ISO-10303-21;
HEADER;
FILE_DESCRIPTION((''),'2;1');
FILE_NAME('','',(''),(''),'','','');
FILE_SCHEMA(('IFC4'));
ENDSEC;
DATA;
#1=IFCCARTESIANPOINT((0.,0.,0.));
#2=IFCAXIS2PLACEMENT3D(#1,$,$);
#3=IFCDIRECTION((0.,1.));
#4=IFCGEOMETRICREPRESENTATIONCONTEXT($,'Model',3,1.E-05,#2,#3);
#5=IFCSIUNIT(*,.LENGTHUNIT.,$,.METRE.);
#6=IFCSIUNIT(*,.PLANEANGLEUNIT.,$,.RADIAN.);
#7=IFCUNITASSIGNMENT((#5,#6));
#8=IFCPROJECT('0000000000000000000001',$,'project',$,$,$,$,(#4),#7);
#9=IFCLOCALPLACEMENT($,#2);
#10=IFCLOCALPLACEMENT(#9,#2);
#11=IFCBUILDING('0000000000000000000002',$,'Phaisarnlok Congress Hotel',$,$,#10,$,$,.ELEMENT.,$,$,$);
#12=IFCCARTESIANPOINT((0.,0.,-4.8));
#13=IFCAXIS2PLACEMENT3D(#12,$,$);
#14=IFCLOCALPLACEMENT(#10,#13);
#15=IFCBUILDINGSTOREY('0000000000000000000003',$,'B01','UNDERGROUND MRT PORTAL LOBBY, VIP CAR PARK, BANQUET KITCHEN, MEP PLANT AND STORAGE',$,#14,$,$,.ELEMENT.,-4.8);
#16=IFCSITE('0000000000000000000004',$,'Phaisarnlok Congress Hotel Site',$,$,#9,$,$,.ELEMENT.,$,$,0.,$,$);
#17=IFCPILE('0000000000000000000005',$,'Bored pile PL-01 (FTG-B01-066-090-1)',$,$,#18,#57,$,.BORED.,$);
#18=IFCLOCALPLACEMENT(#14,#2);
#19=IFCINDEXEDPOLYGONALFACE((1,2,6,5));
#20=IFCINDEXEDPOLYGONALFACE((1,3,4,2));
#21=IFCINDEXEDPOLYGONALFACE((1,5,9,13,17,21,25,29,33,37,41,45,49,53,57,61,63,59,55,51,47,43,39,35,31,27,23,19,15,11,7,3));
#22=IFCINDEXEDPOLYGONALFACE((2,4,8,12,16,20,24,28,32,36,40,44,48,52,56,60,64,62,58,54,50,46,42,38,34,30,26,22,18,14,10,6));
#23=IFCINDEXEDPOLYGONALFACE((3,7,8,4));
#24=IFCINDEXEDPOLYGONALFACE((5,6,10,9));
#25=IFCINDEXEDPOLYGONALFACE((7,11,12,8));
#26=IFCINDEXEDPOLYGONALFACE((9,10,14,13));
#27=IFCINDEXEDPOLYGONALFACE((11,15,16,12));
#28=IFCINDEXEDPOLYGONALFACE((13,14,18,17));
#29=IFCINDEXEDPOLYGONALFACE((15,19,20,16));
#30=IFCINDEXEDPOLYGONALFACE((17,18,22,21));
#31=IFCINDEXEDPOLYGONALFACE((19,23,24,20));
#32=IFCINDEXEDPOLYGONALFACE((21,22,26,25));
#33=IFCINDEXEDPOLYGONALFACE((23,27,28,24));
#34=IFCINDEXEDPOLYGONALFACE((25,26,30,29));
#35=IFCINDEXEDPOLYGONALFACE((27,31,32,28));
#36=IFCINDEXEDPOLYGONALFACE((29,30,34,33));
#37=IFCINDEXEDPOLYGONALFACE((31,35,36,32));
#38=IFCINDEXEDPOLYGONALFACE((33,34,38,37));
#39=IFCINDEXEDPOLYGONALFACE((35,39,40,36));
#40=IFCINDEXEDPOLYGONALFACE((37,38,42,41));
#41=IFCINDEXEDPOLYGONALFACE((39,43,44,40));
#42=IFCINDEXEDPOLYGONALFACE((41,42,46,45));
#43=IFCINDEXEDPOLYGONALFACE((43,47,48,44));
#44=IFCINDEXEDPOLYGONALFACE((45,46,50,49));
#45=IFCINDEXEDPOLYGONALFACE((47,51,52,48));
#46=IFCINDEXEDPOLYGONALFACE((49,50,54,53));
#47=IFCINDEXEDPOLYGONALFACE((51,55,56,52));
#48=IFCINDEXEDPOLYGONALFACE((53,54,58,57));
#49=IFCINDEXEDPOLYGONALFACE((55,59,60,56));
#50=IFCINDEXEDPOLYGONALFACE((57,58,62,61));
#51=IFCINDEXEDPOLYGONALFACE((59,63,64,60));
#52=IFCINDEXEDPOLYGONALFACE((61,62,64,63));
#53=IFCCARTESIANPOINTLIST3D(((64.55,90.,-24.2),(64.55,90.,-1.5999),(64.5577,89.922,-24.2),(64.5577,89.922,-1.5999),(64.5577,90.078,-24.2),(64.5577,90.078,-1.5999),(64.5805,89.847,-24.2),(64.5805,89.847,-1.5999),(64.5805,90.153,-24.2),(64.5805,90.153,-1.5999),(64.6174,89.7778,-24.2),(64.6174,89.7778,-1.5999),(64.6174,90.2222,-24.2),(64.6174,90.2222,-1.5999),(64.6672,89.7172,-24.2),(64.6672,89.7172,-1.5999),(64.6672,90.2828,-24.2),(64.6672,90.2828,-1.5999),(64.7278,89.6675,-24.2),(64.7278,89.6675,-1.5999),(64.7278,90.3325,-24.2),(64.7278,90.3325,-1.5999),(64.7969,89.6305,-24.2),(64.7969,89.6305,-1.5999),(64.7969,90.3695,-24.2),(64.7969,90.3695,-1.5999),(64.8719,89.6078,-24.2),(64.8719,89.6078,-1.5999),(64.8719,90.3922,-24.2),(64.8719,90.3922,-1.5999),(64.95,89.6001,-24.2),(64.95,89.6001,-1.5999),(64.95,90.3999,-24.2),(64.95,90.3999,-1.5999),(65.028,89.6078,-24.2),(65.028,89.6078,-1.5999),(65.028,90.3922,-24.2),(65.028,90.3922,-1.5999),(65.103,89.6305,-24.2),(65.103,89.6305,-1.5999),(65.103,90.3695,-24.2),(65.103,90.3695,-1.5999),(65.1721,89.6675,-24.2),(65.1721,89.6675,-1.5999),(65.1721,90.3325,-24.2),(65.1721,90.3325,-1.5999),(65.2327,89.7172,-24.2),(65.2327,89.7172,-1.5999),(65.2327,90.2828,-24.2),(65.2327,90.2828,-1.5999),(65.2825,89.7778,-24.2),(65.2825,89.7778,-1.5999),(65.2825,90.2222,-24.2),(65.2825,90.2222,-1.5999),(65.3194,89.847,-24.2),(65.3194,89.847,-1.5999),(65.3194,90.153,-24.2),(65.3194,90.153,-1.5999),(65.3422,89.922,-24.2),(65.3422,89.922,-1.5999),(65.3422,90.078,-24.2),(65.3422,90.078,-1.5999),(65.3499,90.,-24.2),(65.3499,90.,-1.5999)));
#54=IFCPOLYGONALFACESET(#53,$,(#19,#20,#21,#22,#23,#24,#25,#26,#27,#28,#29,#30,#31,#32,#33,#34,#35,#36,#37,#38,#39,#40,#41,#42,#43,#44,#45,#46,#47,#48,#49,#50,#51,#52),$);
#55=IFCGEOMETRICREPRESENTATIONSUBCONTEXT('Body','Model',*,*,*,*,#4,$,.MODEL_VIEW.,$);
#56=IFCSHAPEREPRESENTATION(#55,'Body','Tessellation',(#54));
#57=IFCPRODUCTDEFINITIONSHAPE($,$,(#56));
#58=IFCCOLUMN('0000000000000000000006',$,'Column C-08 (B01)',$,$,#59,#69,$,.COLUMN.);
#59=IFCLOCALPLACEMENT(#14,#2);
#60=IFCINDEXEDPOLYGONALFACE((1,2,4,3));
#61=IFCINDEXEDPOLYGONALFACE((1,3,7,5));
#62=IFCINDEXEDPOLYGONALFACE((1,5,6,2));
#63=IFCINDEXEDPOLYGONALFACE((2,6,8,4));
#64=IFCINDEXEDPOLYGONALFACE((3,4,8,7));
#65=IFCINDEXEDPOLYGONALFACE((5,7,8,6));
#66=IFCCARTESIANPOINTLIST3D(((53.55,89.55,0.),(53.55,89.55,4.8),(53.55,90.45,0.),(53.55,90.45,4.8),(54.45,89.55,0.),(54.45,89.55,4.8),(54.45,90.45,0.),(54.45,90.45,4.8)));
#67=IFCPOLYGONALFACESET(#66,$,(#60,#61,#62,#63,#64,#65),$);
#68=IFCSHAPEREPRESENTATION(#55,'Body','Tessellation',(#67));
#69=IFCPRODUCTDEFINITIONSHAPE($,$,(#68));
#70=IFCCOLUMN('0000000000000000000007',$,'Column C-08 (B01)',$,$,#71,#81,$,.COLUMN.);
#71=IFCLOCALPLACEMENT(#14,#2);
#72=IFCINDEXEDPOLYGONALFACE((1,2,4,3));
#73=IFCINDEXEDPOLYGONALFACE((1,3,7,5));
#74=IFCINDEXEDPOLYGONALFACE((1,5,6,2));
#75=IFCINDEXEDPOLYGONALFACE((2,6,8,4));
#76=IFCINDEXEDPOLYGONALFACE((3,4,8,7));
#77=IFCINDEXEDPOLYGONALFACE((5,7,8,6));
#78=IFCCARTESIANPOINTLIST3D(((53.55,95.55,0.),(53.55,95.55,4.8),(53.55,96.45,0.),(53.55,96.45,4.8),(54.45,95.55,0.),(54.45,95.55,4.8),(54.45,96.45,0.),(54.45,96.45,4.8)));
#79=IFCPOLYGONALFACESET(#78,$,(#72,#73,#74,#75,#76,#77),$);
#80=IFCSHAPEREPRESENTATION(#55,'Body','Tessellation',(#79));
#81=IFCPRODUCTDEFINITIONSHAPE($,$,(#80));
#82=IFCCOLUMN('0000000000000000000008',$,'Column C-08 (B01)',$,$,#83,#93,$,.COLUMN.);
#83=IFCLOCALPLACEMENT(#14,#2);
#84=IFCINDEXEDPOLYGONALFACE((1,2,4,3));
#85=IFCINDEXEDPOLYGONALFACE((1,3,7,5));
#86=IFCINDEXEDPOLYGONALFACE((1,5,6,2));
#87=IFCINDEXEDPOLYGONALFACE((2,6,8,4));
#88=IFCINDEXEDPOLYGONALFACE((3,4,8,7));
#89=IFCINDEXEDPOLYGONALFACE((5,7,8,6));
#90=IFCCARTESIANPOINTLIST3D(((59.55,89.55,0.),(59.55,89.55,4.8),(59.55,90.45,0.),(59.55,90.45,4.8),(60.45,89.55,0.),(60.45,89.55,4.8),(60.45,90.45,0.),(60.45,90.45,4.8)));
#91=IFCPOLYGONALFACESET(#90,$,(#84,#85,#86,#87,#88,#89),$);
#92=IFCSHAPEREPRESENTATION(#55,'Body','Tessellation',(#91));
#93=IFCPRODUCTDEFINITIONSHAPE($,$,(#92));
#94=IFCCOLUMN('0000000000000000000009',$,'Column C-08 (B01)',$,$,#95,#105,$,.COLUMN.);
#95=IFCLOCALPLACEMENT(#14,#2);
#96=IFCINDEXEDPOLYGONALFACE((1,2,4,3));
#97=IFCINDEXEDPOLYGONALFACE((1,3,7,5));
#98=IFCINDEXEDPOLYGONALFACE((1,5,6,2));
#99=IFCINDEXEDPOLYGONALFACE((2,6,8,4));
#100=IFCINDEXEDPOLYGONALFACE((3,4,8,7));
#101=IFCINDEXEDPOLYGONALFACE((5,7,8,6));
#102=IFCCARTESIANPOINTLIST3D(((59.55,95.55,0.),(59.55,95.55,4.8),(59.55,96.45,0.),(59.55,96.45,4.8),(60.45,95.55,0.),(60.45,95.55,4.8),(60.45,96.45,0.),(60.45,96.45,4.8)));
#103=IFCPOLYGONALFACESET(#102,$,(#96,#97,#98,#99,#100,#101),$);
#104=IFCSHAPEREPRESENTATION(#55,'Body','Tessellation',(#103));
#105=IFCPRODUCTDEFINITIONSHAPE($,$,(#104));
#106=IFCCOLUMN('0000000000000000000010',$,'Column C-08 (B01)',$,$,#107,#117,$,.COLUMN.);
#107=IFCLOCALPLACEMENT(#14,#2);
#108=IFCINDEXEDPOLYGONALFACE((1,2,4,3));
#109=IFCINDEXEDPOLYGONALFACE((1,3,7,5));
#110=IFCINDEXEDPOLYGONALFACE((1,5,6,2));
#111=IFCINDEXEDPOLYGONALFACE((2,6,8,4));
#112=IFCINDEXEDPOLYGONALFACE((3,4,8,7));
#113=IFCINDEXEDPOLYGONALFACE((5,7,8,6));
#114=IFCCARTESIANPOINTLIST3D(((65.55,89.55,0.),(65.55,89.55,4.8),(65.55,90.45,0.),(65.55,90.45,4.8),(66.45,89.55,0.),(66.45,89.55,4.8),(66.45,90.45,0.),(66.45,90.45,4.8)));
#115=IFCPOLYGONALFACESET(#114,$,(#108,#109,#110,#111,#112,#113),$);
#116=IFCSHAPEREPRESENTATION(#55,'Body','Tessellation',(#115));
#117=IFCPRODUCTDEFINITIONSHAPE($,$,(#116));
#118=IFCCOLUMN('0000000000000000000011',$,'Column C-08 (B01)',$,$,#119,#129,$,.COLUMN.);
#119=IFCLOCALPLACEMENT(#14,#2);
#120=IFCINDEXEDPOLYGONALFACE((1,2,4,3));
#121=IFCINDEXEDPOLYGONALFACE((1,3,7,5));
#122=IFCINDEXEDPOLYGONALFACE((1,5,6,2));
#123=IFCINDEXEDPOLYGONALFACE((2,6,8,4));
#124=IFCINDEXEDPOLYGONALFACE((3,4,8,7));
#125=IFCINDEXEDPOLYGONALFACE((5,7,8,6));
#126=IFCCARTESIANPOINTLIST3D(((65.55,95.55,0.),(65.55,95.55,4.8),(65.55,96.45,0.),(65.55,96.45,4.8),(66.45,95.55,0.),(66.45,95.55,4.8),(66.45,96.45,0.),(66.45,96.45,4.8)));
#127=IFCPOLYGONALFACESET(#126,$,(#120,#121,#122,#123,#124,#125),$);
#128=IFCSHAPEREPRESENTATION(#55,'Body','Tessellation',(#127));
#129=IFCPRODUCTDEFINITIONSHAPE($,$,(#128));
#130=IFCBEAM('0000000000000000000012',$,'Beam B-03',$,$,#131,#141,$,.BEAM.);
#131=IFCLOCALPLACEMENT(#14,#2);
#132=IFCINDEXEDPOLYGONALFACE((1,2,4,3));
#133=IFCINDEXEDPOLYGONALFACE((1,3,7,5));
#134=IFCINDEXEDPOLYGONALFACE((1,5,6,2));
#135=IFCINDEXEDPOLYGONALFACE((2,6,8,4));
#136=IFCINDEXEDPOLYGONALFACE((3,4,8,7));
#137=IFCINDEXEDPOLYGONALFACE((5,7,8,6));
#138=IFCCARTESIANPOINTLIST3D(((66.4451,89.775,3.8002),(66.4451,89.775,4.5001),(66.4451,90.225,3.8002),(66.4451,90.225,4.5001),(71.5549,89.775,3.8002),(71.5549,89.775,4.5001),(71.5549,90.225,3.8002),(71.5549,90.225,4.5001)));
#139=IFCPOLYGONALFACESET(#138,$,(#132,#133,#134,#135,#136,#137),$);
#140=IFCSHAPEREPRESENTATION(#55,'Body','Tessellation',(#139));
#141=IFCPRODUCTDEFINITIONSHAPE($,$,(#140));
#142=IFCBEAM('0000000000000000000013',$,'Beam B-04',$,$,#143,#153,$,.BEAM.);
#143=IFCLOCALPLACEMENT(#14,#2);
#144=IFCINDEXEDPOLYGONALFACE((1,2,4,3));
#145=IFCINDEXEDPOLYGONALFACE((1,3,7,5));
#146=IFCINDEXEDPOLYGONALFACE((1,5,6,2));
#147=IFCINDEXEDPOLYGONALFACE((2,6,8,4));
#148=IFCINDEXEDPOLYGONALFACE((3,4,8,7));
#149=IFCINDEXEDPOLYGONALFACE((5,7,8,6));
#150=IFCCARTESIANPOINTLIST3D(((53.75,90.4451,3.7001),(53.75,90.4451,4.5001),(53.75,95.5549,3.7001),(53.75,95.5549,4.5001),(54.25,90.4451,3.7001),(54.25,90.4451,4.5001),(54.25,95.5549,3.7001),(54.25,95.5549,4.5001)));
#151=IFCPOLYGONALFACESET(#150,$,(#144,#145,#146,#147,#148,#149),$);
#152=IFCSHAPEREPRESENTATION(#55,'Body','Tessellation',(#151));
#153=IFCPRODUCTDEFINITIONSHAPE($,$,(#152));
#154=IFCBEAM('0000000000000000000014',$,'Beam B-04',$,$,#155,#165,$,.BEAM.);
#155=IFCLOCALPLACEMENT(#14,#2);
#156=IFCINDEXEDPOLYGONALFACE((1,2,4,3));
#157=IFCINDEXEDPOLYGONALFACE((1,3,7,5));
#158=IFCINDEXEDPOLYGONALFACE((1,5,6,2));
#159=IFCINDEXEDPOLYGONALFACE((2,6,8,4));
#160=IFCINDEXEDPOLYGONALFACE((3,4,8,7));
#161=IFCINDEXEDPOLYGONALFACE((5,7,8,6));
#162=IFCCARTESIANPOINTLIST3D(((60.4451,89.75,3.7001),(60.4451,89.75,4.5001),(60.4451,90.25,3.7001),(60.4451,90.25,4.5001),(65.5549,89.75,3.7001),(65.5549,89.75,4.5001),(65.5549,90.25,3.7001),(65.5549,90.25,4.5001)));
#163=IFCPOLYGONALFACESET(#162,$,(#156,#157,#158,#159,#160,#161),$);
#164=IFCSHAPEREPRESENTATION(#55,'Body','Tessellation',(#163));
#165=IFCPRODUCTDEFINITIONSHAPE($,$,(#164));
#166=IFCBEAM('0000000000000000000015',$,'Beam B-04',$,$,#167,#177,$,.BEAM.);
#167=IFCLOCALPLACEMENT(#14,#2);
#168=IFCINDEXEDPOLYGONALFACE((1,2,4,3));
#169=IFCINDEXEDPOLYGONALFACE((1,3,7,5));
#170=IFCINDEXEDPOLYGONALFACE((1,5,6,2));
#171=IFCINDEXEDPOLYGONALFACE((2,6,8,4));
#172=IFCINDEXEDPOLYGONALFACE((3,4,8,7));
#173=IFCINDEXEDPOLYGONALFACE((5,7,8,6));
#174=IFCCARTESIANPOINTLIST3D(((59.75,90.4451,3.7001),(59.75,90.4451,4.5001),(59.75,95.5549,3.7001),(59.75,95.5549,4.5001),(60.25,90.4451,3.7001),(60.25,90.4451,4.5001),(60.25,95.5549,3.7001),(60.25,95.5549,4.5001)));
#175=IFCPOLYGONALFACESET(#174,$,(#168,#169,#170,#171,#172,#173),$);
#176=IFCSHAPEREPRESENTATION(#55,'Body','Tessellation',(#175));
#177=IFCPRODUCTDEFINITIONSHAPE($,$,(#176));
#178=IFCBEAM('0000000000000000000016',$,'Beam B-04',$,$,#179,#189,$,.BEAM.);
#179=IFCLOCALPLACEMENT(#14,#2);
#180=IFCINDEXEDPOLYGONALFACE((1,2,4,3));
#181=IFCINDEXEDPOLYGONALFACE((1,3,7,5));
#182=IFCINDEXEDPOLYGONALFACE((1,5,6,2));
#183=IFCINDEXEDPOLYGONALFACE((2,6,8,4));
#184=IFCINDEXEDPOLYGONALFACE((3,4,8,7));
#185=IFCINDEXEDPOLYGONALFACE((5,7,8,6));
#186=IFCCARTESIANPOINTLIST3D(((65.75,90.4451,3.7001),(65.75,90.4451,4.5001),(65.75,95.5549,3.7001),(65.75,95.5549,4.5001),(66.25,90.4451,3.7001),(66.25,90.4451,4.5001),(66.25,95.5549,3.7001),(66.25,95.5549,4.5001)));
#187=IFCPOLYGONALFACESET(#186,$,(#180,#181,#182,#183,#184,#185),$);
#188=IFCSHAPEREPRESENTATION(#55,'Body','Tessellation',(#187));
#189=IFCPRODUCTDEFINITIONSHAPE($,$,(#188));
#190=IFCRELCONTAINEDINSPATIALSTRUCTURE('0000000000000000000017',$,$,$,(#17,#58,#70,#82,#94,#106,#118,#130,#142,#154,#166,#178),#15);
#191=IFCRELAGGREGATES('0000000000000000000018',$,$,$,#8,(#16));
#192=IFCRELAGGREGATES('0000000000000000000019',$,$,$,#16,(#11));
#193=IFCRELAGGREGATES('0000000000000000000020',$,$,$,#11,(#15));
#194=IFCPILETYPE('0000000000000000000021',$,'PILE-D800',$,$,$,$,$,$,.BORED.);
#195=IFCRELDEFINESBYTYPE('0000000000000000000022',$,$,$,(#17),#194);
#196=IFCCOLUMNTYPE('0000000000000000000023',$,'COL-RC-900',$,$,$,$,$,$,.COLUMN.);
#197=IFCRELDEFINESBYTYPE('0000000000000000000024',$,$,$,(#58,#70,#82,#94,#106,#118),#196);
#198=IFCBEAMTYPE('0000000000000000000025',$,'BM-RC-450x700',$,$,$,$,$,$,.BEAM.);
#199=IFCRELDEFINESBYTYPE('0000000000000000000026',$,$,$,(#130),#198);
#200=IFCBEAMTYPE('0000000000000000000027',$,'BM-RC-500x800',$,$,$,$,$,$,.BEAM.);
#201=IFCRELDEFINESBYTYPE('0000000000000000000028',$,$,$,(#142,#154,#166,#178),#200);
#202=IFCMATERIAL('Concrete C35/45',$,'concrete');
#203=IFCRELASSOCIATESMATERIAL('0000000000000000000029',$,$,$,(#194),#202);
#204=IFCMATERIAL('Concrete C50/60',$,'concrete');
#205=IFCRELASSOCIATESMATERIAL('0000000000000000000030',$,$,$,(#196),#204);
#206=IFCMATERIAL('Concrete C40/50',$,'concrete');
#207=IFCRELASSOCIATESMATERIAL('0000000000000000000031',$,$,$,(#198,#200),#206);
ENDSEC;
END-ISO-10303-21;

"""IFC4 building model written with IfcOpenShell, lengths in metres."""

from ifc_helpers import new_model, si_unit, direction, frame, origin, origin_2d, place, context, subcontext, project, spatial, rectangle, circle, extrude, material, material_profile, profile_set, type_object, element, save


model = new_model("IFC4")

# Units and contexts
model_context = context("Model", 3, precision=1e-05, world=origin(), true_north=direction((0.0, 1.0)))
body_context = subcontext(model_context, "Body", "Model", "MODEL_VIEW")
ifc_project = project(units=[si_unit("LENGTHUNIT", "METRE"), si_unit("PLANEANGLEUNIT", "RADIAN")], contexts=[model_context])

# Site, building, storey
site_placement = place(None, origin())
site = spatial("IfcSite", under=ifc_project, at=site_placement, Name="Phaisarnlok Congress Hotel Site", CompositionType="ELEMENT", RefElevation=0.0)
building_placement = place(site_placement, origin())
building = spatial("IfcBuilding", under=site, at=building_placement, Name="Phaisarnlok Congress Hotel", CompositionType="ELEMENT")
storey_placement = place(building_placement, frame((0.0, 0.0, -4.8)))
storey = spatial("IfcBuildingStorey", under=building, at=storey_placement, Name="B01", Description="UNDERGROUND MRT PORTAL LOBBY, VIP CAR PARK, BANQUET KITCHEN, MEP PLANT AND STORAGE", CompositionType="ELEMENT", Elevation=-4.8)

# Shared definitions
ifc_material_1 = material(Name="Concrete C40/50", Category="concrete")

# Pile
ifc_material_2 = material(Name="Concrete C35/45", Category="concrete")
ifc_material_profile_1 = material_profile(ifc_material_2, circle(Radius=0.3999, at=origin_2d()), Name="BORED PILE D800")
ifc_profile_set_1 = profile_set([ifc_material_profile_1], Name="Concrete C35/45")
pile_type_1 = type_object("IfcPileType", Name="PILE-D800", PredefinedType="BORED", material=ifc_profile_set_1)
pile_1_placement = place(storey_placement, frame((64.95, 90.0, -1.5999), z_axis=(0.0, 0.0, -1.0), x_axis=(1.0, 0.0, 0.0)))
element("IfcPile", 1, at=pile_1_placement, inside=storey, type_object=pile_type_1, Name="Bored pile PL-01 (FTG-B01-066-090-1)", PredefinedType="BORED", context=body_context, shape_type="SweptSolid", body=[
    extrude(circle(Radius=0.3999, at=origin_2d()), origin(), (0.0, 0.0, 1.0), 22.6001),
])

# Columns
ifc_material_3 = material(Name="Concrete C50/60", Category="concrete")
ifc_material_profile_2 = material_profile(ifc_material_3, rectangle(XDim=0.8999, YDim=0.8999, at=origin_2d()), Name="RC 900x900")
ifc_profile_set_2 = profile_set([ifc_material_profile_2], Name="Concrete C50/60")
column_type = type_object("IfcColumnType", Name="COL-RC-900", PredefinedType="COLUMN", material=ifc_profile_set_2)
for number, where, z_axis, x_axis, name in (
    (2, (54.0, 90.0, 0.0), (0.0, 0.0, 1.0), (1.0, 0.0, 0.0), "Column C-08 (B01)"),
    (3, (54.0, 96.0, 0.0), (0.0, 0.0, 1.0), (1.0, 0.0, 0.0), "Column C-08 (B01)"),
    (4, (60.0, 90.0, 0.0), (0.0, 0.0, 1.0), (1.0, 0.0, 0.0), "Column C-08 (B01)"),
    (5, (60.0, 96.0, 0.0), (0.0, 0.0, 1.0), (1.0, 0.0, 0.0), "Column C-08 (B01)"),
    (6, (66.0, 90.0, 0.0), (0.0, 0.0, 1.0), (1.0, 0.0, 0.0), "Column C-08 (B01)"),
    (7, (66.0, 96.0, 0.0), (0.0, 0.0, 1.0), (1.0, 0.0, 0.0), "Column C-08 (B01)"),
):
    element("IfcColumn", number, at=place(storey_placement, frame(where, z_axis=z_axis, x_axis=x_axis)), inside=storey, type_object=column_type, Name=name, PredefinedType="COLUMN", context=body_context, shape_type="SweptSolid", body=[
        extrude(rectangle(XDim=0.8999, YDim=0.8999, at=origin_2d()), origin(), (0.0, 0.0, 1.0), 4.8),
    ])

# Beams
ifc_material_profile_3 = material_profile(ifc_material_1, rectangle(XDim=0.45, YDim=0.7, at=origin_2d()), Name="RC 450x700")
ifc_profile_set_3 = profile_set([ifc_material_profile_3], Name="Concrete C40/50")
beam_type_1 = type_object("IfcBeamType", Name="BM-RC-450x700", PredefinedType="BEAM", material=ifc_profile_set_3)
beam_1_placement = place(storey_placement, frame((66.4451, 90.0, 4.1501), z_axis=(1.0, 0.0, 0.0), x_axis=(0.0, 1.0, 0.0)))
element("IfcBeam", 8, at=beam_1_placement, inside=storey, type_object=beam_type_1, Name="Beam B-03", PredefinedType="BEAM", context=body_context, shape_type="SweptSolid", body=[
    extrude(rectangle(XDim=0.45, YDim=0.7, at=origin_2d()), origin(), (0.0, 0.0, 1.0), 5.1099),
])
ifc_material_profile_4 = material_profile(ifc_material_1, rectangle(XDim=0.5, YDim=0.8, at=origin_2d()), Name="RC 500x800")
ifc_profile_set_4 = profile_set([ifc_material_profile_4], Name="Concrete C40/50")
beam_type_2 = type_object("IfcBeamType", Name="BM-RC-500x800", PredefinedType="BEAM", material=ifc_profile_set_4)
for number, where, z_axis, x_axis, name in (
    (9, (54.0, 90.4451, 4.1001), (0.0, 1.0, 0.0), (-1.0, 0.0, 0.0), "Beam B-04"),
    (10, (60.4451, 90.0, 4.1001), (1.0, 0.0, 0.0), (0.0, 1.0, 0.0), "Beam B-04"),
    (11, (60.0, 90.4451, 4.1001), (0.0, 1.0, 0.0), (-1.0, 0.0, 0.0), "Beam B-04"),
    (12, (66.0, 90.4451, 4.1001), (0.0, 1.0, 0.0), (-1.0, 0.0, 0.0), "Beam B-04"),
):
    element("IfcBeam", number, at=place(storey_placement, frame(where, z_axis=z_axis, x_axis=x_axis)), inside=storey, type_object=beam_type_2, Name=name, PredefinedType="BEAM", context=body_context, shape_type="SweptSolid", body=[
        extrude(rectangle(XDim=0.5, YDim=0.8, at=origin_2d()), origin(), (0.0, 0.0, 1.0), 5.1099),
    ])

save(model, "model.ifc")
